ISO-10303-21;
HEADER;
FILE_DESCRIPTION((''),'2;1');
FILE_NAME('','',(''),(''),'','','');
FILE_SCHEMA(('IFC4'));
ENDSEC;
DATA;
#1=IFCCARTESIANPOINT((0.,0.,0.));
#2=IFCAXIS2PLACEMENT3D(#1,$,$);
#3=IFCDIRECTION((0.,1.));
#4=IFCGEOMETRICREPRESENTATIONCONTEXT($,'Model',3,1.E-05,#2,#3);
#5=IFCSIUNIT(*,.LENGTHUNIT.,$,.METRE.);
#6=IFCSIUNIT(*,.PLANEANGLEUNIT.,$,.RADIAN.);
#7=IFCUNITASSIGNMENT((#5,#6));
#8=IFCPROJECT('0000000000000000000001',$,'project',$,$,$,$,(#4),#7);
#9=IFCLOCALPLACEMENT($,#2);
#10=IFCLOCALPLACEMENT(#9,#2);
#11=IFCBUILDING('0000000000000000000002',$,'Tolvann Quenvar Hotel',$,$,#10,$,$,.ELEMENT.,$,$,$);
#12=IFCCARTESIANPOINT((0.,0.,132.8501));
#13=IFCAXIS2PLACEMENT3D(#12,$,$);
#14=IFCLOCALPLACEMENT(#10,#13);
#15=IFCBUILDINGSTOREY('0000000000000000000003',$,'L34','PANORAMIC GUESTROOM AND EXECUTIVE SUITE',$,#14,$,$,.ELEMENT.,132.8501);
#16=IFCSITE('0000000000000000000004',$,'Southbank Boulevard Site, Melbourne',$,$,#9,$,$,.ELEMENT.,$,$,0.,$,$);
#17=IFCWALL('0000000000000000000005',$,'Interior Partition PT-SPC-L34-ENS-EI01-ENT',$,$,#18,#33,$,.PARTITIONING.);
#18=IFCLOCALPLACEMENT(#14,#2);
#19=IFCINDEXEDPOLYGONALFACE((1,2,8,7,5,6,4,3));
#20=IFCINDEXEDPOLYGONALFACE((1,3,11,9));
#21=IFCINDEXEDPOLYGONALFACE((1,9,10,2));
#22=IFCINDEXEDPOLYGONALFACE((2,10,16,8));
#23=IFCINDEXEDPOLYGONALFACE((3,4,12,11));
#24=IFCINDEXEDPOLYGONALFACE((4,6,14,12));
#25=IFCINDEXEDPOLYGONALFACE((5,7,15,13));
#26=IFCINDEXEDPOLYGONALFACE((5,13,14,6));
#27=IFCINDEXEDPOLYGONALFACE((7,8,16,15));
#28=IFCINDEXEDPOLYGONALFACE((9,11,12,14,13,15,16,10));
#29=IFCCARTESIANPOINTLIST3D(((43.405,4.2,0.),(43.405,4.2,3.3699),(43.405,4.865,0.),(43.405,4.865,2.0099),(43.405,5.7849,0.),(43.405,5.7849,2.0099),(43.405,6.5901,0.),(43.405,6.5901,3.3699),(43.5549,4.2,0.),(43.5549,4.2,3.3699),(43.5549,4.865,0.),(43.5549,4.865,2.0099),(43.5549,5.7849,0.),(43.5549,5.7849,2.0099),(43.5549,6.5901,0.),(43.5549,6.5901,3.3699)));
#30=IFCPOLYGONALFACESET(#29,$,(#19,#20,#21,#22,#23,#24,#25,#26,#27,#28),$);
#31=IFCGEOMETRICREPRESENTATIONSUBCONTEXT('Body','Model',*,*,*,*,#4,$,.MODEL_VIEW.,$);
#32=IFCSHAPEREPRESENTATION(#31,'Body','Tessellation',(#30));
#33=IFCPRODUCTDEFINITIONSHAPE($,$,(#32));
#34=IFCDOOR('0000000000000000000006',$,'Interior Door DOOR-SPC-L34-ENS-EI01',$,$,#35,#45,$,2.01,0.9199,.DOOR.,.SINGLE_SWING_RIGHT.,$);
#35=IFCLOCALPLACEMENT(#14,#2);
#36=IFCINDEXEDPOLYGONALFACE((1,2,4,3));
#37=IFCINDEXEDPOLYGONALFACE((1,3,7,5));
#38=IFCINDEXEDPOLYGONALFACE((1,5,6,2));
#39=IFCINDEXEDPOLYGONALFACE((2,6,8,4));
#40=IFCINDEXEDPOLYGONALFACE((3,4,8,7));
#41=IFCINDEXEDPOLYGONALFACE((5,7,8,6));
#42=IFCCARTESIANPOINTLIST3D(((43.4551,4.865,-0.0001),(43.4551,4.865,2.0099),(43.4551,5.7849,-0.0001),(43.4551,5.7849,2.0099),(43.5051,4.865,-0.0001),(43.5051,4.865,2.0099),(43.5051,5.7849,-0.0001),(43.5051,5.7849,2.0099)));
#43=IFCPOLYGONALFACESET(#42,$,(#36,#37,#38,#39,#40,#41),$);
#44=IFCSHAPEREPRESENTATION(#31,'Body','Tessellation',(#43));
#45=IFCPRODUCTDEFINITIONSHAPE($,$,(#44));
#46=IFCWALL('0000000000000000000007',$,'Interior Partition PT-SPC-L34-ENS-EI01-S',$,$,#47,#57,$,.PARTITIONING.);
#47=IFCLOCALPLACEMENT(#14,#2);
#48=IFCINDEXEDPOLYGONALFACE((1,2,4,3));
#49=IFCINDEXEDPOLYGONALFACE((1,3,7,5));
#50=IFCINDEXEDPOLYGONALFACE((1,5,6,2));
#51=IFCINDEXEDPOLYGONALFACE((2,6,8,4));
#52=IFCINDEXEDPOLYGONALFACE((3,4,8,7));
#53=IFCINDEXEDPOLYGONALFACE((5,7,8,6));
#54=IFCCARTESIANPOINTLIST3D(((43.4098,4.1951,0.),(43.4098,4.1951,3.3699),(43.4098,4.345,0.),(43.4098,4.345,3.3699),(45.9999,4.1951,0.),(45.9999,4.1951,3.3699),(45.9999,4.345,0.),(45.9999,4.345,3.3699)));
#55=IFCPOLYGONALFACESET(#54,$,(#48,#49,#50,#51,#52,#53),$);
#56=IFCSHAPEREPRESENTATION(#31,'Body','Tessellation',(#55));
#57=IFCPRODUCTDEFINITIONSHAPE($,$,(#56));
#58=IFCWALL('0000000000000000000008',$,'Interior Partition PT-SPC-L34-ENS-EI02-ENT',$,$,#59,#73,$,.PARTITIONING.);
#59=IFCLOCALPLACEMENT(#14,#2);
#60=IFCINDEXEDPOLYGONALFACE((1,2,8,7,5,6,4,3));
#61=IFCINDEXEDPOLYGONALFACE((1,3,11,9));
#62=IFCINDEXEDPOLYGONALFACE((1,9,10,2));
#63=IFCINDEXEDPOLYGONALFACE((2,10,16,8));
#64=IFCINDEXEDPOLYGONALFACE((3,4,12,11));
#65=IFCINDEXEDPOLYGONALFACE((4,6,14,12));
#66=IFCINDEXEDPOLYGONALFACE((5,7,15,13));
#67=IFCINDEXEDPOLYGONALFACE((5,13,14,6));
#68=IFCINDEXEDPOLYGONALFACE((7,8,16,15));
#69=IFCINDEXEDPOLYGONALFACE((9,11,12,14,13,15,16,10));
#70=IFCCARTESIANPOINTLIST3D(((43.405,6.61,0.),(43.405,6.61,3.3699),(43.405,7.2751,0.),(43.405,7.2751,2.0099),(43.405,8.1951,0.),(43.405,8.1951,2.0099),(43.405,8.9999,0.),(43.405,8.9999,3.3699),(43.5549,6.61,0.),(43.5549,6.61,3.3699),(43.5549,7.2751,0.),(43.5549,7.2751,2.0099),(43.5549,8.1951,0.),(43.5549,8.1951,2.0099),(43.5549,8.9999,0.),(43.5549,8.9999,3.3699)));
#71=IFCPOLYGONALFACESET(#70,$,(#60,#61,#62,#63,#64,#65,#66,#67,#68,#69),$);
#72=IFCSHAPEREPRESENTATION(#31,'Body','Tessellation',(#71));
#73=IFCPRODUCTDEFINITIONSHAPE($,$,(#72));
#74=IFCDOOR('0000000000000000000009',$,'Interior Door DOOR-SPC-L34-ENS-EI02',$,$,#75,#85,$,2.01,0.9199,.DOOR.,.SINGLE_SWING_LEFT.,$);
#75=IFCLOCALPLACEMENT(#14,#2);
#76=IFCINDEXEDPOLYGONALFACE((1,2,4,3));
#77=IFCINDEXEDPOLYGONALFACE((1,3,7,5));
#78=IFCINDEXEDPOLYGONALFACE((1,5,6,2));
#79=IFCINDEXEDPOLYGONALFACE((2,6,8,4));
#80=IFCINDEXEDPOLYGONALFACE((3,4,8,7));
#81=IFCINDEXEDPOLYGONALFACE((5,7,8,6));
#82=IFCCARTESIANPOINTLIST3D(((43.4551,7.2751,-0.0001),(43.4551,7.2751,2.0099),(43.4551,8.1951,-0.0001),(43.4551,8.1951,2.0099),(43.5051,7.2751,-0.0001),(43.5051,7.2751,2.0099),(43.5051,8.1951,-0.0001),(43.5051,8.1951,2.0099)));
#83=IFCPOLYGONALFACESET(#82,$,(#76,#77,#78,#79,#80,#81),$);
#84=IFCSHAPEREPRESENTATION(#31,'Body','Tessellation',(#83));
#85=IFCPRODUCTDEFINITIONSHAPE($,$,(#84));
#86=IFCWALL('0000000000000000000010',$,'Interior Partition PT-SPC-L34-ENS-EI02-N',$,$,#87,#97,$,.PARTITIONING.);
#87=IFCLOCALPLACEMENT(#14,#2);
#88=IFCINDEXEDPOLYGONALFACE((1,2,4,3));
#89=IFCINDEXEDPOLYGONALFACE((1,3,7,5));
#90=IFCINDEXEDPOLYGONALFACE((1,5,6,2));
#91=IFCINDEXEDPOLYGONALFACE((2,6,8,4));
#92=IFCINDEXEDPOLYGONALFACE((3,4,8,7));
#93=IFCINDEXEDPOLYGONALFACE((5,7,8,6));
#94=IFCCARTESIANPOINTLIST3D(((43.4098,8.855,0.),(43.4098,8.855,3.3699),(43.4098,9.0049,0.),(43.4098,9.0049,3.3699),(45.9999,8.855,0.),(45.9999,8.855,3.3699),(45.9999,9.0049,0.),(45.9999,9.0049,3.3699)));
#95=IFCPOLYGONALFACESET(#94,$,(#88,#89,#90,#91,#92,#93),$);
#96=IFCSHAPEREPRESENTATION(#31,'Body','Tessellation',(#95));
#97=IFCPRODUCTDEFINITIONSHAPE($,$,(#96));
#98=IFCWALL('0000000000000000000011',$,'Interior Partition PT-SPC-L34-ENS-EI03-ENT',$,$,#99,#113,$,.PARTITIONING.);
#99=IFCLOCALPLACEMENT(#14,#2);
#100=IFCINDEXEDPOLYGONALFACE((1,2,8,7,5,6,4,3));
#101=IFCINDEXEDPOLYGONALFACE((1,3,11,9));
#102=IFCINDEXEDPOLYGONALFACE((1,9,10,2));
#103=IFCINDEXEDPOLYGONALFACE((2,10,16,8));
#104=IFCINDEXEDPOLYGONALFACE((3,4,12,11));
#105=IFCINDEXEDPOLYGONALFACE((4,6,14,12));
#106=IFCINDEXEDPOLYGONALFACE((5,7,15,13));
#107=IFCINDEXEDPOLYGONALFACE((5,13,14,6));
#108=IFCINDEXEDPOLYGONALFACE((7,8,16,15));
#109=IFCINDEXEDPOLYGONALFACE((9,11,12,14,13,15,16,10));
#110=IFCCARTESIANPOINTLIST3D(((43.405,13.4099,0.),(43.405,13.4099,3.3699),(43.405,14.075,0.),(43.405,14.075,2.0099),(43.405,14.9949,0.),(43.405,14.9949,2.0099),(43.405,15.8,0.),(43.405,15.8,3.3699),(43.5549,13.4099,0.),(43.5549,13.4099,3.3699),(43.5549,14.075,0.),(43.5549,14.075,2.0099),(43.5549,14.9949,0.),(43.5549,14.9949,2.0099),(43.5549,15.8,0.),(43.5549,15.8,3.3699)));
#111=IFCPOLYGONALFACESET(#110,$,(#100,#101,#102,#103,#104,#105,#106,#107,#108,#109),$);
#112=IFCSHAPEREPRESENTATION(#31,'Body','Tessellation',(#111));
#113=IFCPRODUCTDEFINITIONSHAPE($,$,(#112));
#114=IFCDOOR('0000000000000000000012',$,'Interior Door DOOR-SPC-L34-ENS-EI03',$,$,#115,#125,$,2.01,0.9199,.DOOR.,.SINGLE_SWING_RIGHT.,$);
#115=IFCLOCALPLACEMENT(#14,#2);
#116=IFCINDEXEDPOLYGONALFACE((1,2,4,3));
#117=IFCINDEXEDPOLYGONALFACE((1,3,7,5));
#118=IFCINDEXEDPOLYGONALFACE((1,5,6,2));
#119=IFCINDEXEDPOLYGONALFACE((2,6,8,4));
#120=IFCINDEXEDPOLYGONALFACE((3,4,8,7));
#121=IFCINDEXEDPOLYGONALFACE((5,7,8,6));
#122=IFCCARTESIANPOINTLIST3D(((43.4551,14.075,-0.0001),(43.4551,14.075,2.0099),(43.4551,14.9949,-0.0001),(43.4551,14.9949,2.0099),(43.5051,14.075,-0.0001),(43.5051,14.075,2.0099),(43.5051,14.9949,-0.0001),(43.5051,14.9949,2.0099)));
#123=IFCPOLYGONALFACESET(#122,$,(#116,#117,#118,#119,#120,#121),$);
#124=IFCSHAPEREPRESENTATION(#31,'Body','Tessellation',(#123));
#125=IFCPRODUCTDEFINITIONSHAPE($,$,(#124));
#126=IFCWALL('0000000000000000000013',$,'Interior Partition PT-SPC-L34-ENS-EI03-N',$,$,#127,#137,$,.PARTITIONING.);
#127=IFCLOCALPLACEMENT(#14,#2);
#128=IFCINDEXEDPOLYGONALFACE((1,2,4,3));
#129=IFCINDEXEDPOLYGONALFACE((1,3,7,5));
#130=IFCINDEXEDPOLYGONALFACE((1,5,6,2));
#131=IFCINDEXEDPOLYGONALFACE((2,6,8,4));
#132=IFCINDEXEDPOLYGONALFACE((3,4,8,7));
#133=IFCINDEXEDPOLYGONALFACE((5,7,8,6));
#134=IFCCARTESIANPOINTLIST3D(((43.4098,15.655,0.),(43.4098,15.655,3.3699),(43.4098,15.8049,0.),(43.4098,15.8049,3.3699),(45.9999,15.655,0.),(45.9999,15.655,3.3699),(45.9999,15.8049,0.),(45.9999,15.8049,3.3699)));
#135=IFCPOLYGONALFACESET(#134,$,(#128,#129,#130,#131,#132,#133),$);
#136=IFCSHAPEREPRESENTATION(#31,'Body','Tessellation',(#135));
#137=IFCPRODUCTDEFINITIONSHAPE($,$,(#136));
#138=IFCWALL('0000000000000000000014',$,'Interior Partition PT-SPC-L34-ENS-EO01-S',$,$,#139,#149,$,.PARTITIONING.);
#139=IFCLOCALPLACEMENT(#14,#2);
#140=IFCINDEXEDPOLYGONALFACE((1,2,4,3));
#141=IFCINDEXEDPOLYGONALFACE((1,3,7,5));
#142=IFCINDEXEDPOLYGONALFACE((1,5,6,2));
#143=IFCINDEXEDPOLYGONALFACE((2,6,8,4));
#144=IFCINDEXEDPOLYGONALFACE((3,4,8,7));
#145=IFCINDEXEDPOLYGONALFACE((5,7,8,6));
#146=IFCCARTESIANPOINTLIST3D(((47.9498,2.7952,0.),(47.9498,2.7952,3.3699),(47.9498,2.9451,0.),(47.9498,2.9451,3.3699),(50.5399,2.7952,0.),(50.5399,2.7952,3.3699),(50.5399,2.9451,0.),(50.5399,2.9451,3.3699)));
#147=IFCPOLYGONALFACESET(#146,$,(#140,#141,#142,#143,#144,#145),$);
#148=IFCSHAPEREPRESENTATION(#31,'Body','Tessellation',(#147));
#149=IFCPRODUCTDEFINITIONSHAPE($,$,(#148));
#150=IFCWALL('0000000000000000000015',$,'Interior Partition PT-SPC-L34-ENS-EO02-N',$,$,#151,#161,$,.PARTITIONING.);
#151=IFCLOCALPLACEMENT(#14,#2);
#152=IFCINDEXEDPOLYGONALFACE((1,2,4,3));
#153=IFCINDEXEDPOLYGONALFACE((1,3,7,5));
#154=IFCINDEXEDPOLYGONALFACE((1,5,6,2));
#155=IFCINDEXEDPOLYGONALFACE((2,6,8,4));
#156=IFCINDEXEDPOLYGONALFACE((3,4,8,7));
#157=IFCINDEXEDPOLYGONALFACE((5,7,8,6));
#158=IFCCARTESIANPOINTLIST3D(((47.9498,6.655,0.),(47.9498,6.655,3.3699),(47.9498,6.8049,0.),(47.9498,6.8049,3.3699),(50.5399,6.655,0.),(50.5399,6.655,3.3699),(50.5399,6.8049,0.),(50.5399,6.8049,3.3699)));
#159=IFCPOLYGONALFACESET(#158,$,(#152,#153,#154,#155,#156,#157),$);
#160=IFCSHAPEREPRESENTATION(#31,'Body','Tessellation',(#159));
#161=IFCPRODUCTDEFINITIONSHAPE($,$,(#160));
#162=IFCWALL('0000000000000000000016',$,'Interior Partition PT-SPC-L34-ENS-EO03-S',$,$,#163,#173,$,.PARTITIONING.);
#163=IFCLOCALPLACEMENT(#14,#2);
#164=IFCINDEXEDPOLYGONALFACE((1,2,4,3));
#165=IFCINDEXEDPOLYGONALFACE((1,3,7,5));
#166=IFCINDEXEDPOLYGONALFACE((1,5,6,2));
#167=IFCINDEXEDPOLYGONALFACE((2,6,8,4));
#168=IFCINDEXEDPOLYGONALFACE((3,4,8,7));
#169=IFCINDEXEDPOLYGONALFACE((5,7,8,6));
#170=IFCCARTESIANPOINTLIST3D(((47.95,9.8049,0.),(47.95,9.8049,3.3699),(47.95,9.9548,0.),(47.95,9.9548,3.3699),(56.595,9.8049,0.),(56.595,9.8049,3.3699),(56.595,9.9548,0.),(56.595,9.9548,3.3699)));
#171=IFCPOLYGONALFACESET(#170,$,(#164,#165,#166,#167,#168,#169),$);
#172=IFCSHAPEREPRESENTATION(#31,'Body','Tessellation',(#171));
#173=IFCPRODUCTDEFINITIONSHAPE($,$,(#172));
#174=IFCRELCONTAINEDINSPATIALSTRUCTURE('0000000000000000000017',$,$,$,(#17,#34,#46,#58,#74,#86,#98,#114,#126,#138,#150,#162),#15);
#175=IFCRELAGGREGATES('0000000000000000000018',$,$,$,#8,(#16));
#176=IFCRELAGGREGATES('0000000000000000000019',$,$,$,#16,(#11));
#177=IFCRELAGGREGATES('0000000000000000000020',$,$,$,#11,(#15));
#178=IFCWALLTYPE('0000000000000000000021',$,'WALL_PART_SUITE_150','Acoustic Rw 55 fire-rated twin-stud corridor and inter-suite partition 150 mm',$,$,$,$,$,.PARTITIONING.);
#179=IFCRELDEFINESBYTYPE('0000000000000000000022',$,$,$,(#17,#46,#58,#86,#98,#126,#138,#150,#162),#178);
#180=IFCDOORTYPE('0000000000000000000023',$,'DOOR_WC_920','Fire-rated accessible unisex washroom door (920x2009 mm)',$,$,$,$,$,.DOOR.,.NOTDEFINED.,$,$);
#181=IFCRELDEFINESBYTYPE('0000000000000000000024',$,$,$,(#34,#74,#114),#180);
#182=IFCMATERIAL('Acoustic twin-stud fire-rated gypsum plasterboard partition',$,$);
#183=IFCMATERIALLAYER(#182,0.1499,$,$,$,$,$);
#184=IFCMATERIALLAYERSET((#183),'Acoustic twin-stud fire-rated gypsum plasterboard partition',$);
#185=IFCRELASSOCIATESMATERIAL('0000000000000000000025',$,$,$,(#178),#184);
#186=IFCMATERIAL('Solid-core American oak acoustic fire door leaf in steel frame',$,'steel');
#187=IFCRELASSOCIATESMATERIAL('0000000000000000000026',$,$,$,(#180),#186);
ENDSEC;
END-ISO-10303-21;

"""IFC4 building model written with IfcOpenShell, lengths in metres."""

from ifc_helpers import new_model, si_unit, direction, frame, frame_2d, origin, place, context, subcontext, project, spatial, rectangle, extrude, source, transform, mapped, material, layer, layer_set, type_object, type_shapes, element, fill, save


model = new_model("IFC4")

# Units and contexts
model_context = context("Model", 3, precision=1e-05, world=origin(), true_north=direction((0.0, 1.0)))
body_context = subcontext(model_context, "Body", "Model", "MODEL_VIEW")
ifc_project = project(units=[si_unit("LENGTHUNIT", "METRE"), si_unit("PLANEANGLEUNIT", "RADIAN")], contexts=[model_context])

# Site, building, storey
site_placement = place(None, origin())
site = spatial("IfcSite", under=ifc_project, at=site_placement, Name="Southbank Boulevard Site, Melbourne", CompositionType="ELEMENT", RefElevation=0.0)
building_placement = place(site_placement, origin())
building = spatial("IfcBuilding", under=site, at=building_placement, Name="Tolvann Quenvar Hotel", CompositionType="ELEMENT")
storey_placement = place(building_placement, frame((0.0, 0.0, 132.8501)))
storey = spatial("IfcBuildingStorey", under=building, at=storey_placement, Name="L34", Description="PANORAMIC GUESTROOM AND EXECUTIVE SUITE", CompositionType="ELEMENT", Elevation=132.8501)

# Wall, opening, door
ifc_material_1 = material(Name="Acoustic twin-stud fire-rated gypsum plasterboard partition")
ifc_layer_1 = layer(ifc_material_1, 0.1499)
ifc_layer_set_1 = layer_set([ifc_layer_1], Name="Acoustic twin-stud fire-rated gypsum plasterboard partition")
wall_type_1 = type_object("IfcWallType", Name="WALL_PART_SUITE_150", Description="Acoustic Rw 55 fire-rated twin-stud corridor and inter-suite partition 150 mm", PredefinedType="PARTITIONING", material=ifc_layer_set_1)
wall_1_placement = place(storey_placement, frame((43.48, 4.2, 0.0), z_axis=(0.0, 0.0, 1.0), x_axis=(0.0, 1.0, 0.0)))
wall_1 = element("IfcWall", 1, at=wall_1_placement, inside=storey, type_object=wall_type_1, Name="Interior Partition PT-SPC-L34-ENS-EI01-ENT", PredefinedType="PARTITIONING", context=body_context, shape_type="SweptSolid", body=[
    extrude(rectangle(XDim=2.3901, YDim=0.1499, at=frame_2d((1.1951, 0.0))), origin(), (0.0, 0.0, 1.0), 3.3699),
])
opening_1_placement = place(wall_1_placement, frame((0.665, 0.0, 0.0)))
opening_1 = element("IfcOpeningElement", 2, at=opening_1_placement, cuts=wall_1, PredefinedType="OPENING", context=body_context, shape_type="SweptSolid", body=[
    extrude(rectangle(XDim=0.9199, YDim=2.01, at=frame_2d((0.46, 1.0049))), frame((0.0, 0.085, 0.0), z_axis=(0.0, -1.0, 0.0), x_axis=(1.0, 0.0, 0.0)), (0.0, 0.0, 1.0), 0.1699),
])
ifc_material_2 = material(Name="Solid-core American oak acoustic fire door leaf in steel frame", Category="steel")
door_type_1 = type_object("IfcDoorType", Name="DOOR_WC_920", Description="Fire-rated accessible unisex washroom door (920x2009 mm)", OperationType="NOTDEFINED", PredefinedType="DOOR", material=ifc_material_2)
shared_shape_1 = source(origin(), body_context, "Body", "SweptSolid", [
    extrude(rectangle(XDim=0.9199, YDim=2.01, at=frame_2d((0.46, 1.0049))), frame((0.0, 0.0249, 0.0), z_axis=(0.0, -1.0, 0.0), x_axis=(1.0, 0.0, 0.0)), (0.0, 0.0, 1.0), 0.05),
])
type_shapes(door_type_1, [shared_shape_1])
door_1_placement = place(opening_1_placement, origin())
door_1 = element("IfcDoor", 3, at=door_1_placement, inside=storey, type_object=door_type_1, Name="Interior Door DOOR-SPC-L34-ENS-EI01", OperationType="SINGLE_SWING_RIGHT", OverallHeight=2.01, OverallWidth=0.9199, PredefinedType="DOOR", context=body_context, shape_type="MappedRepresentation", body=[
    mapped(shared_shape_1, transform((0.0, 0.0, 0.0), x_axis=(1.0, 0.0, 0.0), y_axis=(0.0, 1.0, 0.0), z_axis=(0.0, 0.0, 1.0), scale=1.0)),
])
fill(opening_1, door_1)

# Wall
wall_2_placement = place(storey_placement, frame((43.4099, 4.27, 0.0), z_axis=(0.0, 0.0, 1.0), x_axis=(1.0, 0.0, 0.0)))
element("IfcWall", 4, at=wall_2_placement, inside=storey, type_object=wall_type_1, Name="Interior Partition PT-SPC-L34-ENS-EI01-S", PredefinedType="PARTITIONING", context=body_context, shape_type="SweptSolid", body=[
    extrude(rectangle(XDim=2.5901, YDim=0.1499, at=frame_2d((1.2949, 0.0))), origin(), (0.0, 0.0, 1.0), 3.3699),
])

# Wall, opening, door
wall_3_placement = place(storey_placement, frame((43.48, 6.6101, 0.0), z_axis=(0.0, 0.0, 1.0), x_axis=(0.0, 1.0, 0.0)))
wall_3 = element("IfcWall", 5, at=wall_3_placement, inside=storey, type_object=wall_type_1, Name="Interior Partition PT-SPC-L34-ENS-EI02-ENT", PredefinedType="PARTITIONING", context=body_context, shape_type="SweptSolid", body=[
    extrude(rectangle(XDim=2.3899, YDim=0.1499, at=frame_2d((1.1948, 0.0))), origin(), (0.0, 0.0, 1.0), 3.3699),
])
opening_2_placement = place(wall_3_placement, frame((0.665, 0.0, 0.0)))
opening_2 = element("IfcOpeningElement", 6, at=opening_2_placement, cuts=wall_3, PredefinedType="OPENING", context=body_context, shape_type="SweptSolid", body=[
    extrude(rectangle(XDim=0.9199, YDim=2.01, at=frame_2d((0.46, 1.0049))), frame((0.0, 0.085, 0.0), z_axis=(0.0, -1.0, 0.0), x_axis=(1.0, 0.0, 0.0)), (0.0, 0.0, 1.0), 0.1699),
])
door_2_placement = place(opening_2_placement, origin())
door_2 = element("IfcDoor", 7, at=door_2_placement, inside=storey, type_object=door_type_1, Name="Interior Door DOOR-SPC-L34-ENS-EI02", OperationType="SINGLE_SWING_LEFT", OverallHeight=2.01, OverallWidth=0.9199, PredefinedType="DOOR", context=body_context, shape_type="MappedRepresentation", body=[
    mapped(shared_shape_1, transform((0.0, 0.0, 0.0), x_axis=(1.0, 0.0, 0.0), y_axis=(0.0, 1.0, 0.0), z_axis=(0.0, 0.0, 1.0), scale=1.0)),
])
fill(opening_2, door_2)

# Wall
wall_4_placement = place(storey_placement, frame((43.4099, 8.9299, 0.0), z_axis=(0.0, 0.0, 1.0), x_axis=(1.0, 0.0, 0.0)))
element("IfcWall", 8, at=wall_4_placement, inside=storey, type_object=wall_type_1, Name="Interior Partition PT-SPC-L34-ENS-EI02-N", PredefinedType="PARTITIONING", context=body_context, shape_type="SweptSolid", body=[
    extrude(rectangle(XDim=2.5901, YDim=0.1499, at=frame_2d((1.2949, 0.0))), origin(), (0.0, 0.0, 1.0), 3.3699),
])

# Wall, opening, door
wall_5_placement = place(storey_placement, frame((43.48, 13.4099, 0.0), z_axis=(0.0, 0.0, 1.0), x_axis=(0.0, 1.0, 0.0)))
wall_5 = element("IfcWall", 9, at=wall_5_placement, inside=storey, type_object=wall_type_1, Name="Interior Partition PT-SPC-L34-ENS-EI03-ENT", PredefinedType="PARTITIONING", context=body_context, shape_type="SweptSolid", body=[
    extrude(rectangle(XDim=2.3901, YDim=0.1499, at=frame_2d((1.1951, 0.0))), origin(), (0.0, 0.0, 1.0), 3.3699),
])
opening_3_placement = place(wall_5_placement, frame((0.665, 0.0, 0.0)))
opening_3 = element("IfcOpeningElement", 10, at=opening_3_placement, cuts=wall_5, PredefinedType="OPENING", context=body_context, shape_type="SweptSolid", body=[
    extrude(rectangle(XDim=0.9199, YDim=2.01, at=frame_2d((0.46, 1.0049))), frame((0.0, 0.085, 0.0), z_axis=(0.0, -1.0, 0.0), x_axis=(1.0, 0.0, 0.0)), (0.0, 0.0, 1.0), 0.1699),
])
door_3_placement = place(opening_3_placement, origin())
door_3 = element("IfcDoor", 11, at=door_3_placement, inside=storey, type_object=door_type_1, Name="Interior Door DOOR-SPC-L34-ENS-EI03", OperationType="SINGLE_SWING_RIGHT", OverallHeight=2.01, OverallWidth=0.9199, PredefinedType="DOOR", context=body_context, shape_type="MappedRepresentation", body=[
    mapped(shared_shape_1, transform((0.0, 0.0, 0.0), x_axis=(1.0, 0.0, 0.0), y_axis=(0.0, 1.0, 0.0), z_axis=(0.0, 0.0, 1.0), scale=1.0)),
])
fill(opening_3, door_3)

# Walls
for number, where, z_axis, x_axis, name in (
    (12, (43.4099, 15.73, 0.0), (0.0, 0.0, 1.0), (1.0, 0.0, 0.0), "Interior Partition PT-SPC-L34-ENS-EI03-N"),
    (13, (47.95, 2.8701, 0.0), (0.0, 0.0, 1.0), (1.0, 0.0, 0.0), "Interior Partition PT-SPC-L34-ENS-EO01-S"),
    (14, (47.95, 6.73, 0.0), (0.0, 0.0, 1.0), (1.0, 0.0, 0.0), "Interior Partition PT-SPC-L34-ENS-EO02-N"),
):
    element("IfcWall", number, at=place(storey_placement, frame(where, z_axis=z_axis, x_axis=x_axis)), inside=storey, type_object=wall_type_1, Name=name, PredefinedType="PARTITIONING", context=body_context, shape_type="SweptSolid", body=[
        extrude(rectangle(XDim=2.5901, YDim=0.1499, at=frame_2d((1.2949, 0.0))), origin(), (0.0, 0.0, 1.0), 3.3699),
    ])
wall_6_placement = place(storey_placement, frame((47.95, 9.8799, 0.0), z_axis=(0.0, 0.0, 1.0), x_axis=(1.0, 0.0, 0.0)))
element("IfcWall", 15, at=wall_6_placement, inside=storey, type_object=wall_type_1, Name="Interior Partition PT-SPC-L34-ENS-EO03-S", PredefinedType="PARTITIONING", context=body_context, shape_type="SweptSolid", body=[
    extrude(rectangle(XDim=8.645, YDim=0.1499, at=frame_2d((4.3225, 0.0))), origin(), (0.0, 0.0, 1.0), 3.3699),
])

save(model, "model.ifc")
